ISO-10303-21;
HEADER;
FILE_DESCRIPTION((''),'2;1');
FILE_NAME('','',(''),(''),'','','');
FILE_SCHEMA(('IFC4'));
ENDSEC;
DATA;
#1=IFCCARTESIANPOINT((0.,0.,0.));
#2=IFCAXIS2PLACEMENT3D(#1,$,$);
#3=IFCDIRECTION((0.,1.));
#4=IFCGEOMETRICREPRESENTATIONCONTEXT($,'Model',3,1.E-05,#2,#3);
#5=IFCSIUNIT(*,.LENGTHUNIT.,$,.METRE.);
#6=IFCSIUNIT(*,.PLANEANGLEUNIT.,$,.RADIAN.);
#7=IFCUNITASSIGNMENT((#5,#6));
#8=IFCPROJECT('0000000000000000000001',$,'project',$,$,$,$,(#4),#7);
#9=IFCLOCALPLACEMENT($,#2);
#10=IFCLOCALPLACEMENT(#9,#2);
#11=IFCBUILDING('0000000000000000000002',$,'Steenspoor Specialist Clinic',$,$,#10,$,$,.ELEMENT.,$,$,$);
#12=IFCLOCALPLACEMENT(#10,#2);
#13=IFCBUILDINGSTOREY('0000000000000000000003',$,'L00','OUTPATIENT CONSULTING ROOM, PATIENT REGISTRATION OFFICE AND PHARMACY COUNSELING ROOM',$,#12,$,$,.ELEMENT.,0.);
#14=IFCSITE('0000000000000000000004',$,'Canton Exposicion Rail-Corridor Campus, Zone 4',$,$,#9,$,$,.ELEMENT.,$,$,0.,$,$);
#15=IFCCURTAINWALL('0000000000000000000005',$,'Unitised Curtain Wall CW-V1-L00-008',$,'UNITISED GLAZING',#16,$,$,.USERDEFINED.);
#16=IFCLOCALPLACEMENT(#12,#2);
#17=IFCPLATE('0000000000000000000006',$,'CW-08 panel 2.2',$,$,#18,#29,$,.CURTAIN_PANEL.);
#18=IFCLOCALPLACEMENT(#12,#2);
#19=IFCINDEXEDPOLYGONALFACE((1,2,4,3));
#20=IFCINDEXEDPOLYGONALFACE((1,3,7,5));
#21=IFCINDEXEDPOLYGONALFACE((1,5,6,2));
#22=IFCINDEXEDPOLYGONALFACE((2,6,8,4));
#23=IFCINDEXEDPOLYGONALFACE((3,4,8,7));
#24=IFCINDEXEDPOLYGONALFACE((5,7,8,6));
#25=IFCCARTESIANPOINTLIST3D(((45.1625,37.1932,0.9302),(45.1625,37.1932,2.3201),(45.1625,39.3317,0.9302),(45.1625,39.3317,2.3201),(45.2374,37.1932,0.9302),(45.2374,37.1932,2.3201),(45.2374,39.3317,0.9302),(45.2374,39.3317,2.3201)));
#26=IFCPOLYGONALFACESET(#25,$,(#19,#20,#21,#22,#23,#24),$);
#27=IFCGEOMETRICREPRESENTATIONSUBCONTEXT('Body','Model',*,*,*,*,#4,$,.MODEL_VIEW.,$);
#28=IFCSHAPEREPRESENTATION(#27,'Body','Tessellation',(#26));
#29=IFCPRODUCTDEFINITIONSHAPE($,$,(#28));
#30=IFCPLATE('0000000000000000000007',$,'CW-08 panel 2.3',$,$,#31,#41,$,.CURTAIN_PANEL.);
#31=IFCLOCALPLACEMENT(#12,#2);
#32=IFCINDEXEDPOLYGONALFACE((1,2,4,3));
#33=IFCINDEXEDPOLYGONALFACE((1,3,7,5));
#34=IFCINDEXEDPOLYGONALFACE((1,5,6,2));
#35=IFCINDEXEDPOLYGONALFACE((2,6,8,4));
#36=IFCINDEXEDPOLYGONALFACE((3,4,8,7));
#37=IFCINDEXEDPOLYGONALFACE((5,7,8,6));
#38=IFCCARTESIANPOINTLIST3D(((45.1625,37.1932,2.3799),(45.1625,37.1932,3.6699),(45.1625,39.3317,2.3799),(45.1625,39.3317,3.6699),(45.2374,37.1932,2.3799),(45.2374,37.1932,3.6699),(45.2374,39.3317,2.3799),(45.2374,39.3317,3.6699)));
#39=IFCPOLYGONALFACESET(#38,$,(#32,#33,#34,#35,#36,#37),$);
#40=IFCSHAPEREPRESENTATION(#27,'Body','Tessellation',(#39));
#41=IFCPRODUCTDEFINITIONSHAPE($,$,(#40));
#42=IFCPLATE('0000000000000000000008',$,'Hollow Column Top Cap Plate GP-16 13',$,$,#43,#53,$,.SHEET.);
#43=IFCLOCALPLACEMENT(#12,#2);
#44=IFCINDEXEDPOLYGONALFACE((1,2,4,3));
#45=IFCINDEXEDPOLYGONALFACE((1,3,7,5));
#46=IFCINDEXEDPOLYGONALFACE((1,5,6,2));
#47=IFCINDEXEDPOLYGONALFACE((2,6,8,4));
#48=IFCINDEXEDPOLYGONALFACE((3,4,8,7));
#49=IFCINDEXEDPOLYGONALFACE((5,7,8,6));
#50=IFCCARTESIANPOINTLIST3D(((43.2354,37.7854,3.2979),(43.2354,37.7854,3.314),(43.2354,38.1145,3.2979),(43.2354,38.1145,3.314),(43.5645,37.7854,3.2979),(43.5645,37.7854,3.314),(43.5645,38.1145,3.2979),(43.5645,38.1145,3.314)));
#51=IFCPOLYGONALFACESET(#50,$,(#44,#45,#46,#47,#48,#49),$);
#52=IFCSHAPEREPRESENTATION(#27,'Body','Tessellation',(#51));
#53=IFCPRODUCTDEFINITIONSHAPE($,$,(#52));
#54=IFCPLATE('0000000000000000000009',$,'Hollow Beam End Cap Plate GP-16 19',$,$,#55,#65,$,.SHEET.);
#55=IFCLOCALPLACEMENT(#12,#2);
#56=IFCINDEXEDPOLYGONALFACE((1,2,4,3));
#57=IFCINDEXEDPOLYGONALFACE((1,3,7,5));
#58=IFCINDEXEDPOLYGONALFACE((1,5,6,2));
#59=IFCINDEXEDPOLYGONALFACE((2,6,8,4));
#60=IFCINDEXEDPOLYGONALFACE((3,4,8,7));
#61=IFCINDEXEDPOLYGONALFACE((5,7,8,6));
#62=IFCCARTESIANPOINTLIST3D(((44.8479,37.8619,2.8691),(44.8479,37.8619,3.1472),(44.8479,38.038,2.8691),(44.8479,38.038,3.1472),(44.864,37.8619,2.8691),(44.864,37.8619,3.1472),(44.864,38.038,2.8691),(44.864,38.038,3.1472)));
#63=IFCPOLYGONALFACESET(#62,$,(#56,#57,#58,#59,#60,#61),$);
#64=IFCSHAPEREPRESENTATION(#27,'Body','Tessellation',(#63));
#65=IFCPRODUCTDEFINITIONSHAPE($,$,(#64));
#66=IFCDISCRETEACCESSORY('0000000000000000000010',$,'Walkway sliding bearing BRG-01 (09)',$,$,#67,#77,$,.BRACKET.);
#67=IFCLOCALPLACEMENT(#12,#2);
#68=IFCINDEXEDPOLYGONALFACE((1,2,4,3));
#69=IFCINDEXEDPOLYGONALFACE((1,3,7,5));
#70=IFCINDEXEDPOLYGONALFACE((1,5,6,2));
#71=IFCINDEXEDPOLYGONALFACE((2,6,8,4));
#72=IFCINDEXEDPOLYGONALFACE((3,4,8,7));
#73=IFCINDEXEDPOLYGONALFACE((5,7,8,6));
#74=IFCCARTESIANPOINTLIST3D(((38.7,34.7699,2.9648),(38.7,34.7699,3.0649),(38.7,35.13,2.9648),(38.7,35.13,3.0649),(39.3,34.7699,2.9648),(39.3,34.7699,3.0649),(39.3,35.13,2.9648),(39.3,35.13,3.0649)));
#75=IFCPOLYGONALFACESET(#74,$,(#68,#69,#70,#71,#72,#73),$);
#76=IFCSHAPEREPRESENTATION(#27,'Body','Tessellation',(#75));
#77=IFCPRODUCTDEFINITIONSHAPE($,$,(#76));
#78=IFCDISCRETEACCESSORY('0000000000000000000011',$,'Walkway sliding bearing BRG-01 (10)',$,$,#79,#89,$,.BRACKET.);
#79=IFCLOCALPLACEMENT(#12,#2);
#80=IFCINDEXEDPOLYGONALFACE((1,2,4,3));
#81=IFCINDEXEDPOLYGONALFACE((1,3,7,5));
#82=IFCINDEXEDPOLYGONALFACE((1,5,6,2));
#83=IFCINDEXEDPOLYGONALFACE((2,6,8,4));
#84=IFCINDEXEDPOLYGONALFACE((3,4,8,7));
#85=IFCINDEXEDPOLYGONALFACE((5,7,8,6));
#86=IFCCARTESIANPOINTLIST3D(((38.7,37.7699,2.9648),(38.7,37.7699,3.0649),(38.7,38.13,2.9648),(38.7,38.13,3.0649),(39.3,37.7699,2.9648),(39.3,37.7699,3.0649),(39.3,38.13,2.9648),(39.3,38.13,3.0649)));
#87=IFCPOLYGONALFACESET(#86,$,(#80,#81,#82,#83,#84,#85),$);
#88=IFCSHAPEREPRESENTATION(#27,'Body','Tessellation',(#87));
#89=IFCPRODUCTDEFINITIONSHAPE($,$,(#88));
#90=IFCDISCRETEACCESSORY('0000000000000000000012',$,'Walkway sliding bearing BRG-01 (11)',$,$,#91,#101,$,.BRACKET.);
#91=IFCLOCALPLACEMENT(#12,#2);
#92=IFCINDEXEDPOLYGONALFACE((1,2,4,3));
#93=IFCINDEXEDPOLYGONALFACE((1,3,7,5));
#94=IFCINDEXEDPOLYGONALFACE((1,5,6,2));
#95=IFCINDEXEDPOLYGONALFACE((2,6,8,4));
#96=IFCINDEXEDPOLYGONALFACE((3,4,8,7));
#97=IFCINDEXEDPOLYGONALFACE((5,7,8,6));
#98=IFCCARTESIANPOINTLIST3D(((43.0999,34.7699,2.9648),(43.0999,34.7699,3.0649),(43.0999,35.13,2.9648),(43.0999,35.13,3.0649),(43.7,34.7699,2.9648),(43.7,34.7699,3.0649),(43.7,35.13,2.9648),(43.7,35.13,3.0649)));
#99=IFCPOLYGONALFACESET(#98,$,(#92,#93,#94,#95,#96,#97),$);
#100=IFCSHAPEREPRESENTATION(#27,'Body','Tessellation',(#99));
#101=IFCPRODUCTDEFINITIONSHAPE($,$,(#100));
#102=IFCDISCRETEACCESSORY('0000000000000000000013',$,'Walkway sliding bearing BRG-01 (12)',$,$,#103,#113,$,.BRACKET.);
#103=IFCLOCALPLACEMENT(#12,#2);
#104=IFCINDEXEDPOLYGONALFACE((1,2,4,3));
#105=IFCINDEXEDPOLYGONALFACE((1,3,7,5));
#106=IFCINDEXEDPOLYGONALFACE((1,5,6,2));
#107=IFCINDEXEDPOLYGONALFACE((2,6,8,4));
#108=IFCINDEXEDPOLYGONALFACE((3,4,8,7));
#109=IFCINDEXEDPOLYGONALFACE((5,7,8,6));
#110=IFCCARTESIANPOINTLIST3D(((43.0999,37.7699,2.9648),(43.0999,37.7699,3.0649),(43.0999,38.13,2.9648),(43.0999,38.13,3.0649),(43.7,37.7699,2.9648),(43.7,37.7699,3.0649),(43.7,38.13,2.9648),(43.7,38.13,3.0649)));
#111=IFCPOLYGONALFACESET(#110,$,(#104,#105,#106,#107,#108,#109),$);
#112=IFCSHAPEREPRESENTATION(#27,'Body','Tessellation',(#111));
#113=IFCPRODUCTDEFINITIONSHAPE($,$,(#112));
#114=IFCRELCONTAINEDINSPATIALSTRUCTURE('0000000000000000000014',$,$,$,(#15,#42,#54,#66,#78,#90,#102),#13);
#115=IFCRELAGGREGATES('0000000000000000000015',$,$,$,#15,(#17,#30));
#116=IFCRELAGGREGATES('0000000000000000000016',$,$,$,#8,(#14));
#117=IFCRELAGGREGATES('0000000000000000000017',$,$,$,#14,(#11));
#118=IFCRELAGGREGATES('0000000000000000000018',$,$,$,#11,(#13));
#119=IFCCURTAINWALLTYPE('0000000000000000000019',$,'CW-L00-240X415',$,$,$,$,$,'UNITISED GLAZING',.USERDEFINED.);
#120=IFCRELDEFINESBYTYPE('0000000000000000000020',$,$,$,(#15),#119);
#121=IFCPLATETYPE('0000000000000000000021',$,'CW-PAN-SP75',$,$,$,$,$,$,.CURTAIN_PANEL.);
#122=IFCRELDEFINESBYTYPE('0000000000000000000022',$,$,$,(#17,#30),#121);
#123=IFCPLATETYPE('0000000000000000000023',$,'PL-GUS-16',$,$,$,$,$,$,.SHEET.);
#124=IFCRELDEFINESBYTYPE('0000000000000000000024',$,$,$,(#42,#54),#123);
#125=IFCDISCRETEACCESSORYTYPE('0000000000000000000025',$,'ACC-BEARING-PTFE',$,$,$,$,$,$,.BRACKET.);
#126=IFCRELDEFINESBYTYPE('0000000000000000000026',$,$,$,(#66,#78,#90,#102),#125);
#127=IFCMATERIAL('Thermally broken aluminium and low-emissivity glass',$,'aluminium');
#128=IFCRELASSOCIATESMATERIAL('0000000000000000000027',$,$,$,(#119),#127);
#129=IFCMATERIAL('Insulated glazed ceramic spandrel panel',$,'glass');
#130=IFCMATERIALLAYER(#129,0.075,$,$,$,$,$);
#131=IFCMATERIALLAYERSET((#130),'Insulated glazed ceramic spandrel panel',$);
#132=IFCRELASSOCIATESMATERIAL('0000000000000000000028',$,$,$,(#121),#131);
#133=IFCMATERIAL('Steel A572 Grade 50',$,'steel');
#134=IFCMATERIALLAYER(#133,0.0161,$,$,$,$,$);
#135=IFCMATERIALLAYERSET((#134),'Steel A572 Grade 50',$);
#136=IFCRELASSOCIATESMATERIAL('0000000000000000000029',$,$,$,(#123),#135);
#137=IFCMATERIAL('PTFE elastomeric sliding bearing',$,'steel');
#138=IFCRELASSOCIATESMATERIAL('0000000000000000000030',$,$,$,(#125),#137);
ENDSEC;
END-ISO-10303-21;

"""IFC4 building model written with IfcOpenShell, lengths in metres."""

from ifc_helpers import new_model, si_unit, direction, frame, origin, origin_2d, place, context, subcontext, project, spatial, rectangle, extrude, material, layer, layer_set, type_object, element, aggregate, save


model = new_model("IFC4")

# Units and contexts
model_context = context("Model", 3, precision=1e-05, world=origin(), true_north=direction((0.0, 1.0)))
body_context = subcontext(model_context, "Body", "Model", "MODEL_VIEW")
ifc_project = project(units=[si_unit("LENGTHUNIT", "METRE"), si_unit("PLANEANGLEUNIT", "RADIAN")], contexts=[model_context])

# Site, building, storey
site_placement = place(None, origin())
site = spatial("IfcSite", under=ifc_project, at=site_placement, Name="Canton Exposicion Rail-Corridor Campus, Zone 4", CompositionType="ELEMENT", RefElevation=0.0)
building_placement = place(site_placement, origin())
building = spatial("IfcBuilding", under=site, at=building_placement, Name="Steenspoor Specialist Clinic", CompositionType="ELEMENT")
storey_placement = place(building_placement, origin())
storey = spatial("IfcBuildingStorey", under=building, at=storey_placement, Name="L00", Description="OUTPATIENT CONSULTING ROOM, PATIENT REGISTRATION OFFICE AND PHARMACY COUNSELING ROOM", CompositionType="ELEMENT", Elevation=0.0)

# Curtain wall
ifc_material_1 = material(Name="Thermally broken aluminium and low-emissivity glass", Category="aluminium")
curtain_wall_type = type_object("IfcCurtainWallType", Name="CW-L00-240X415", ElementType="UNITISED GLAZING", PredefinedType="USERDEFINED", material=ifc_material_1)
curtain_wall_placement = place(storey_placement, origin())
curtain_wall = element("IfcCurtainWall", 1, at=curtain_wall_placement, inside=storey, type_object=curtain_wall_type, Name="Unitised Curtain Wall CW-V1-L00-008", ObjectType="UNITISED GLAZING", PredefinedType="USERDEFINED")

# Plates
ifc_material_2 = material(Name="Insulated glazed ceramic spandrel panel", Category="glass")
ifc_layer_1 = layer(ifc_material_2, 0.075)
ifc_layer_set_1 = layer_set([ifc_layer_1], Name="Insulated glazed ceramic spandrel panel")
plate_type_1 = type_object("IfcPlateType", Name="CW-PAN-SP75", PredefinedType="CURTAIN_PANEL", material=ifc_layer_set_1)
plate_1_placement = place(storey_placement, frame((45.2, 38.2625, 0.9302), z_axis=(0.0, 0.0, 1.0), x_axis=(0.0, 1.0, 0.0)))
plate_1 = element("IfcPlate", 2, at=plate_1_placement, type_object=plate_type_1, Name="CW-08 panel 2.2", PredefinedType="CURTAIN_PANEL", context=body_context, shape_type="SweptSolid", body=[
    extrude(rectangle(XDim=2.1384, YDim=0.075, at=origin_2d()), origin(), (0.0, 0.0, 1.0), 1.3899),
])
plate_2_placement = place(storey_placement, frame((45.2, 38.2625, 2.3799), z_axis=(0.0, 0.0, 1.0), x_axis=(0.0, 1.0, 0.0)))
plate_2 = element("IfcPlate", 3, at=plate_2_placement, type_object=plate_type_1, Name="CW-08 panel 2.3", PredefinedType="CURTAIN_PANEL", context=body_context, shape_type="SweptSolid", body=[
    extrude(rectangle(XDim=2.1384, YDim=0.075, at=origin_2d()), origin(), (0.0, 0.0, 1.0), 1.29),
])
aggregate(curtain_wall, [plate_1, plate_2])

# Plates
ifc_material_3 = material(Name="Steel A572 Grade 50", Category="steel")
ifc_layer_2 = layer(ifc_material_3, 0.0161)
ifc_layer_set_2 = layer_set([ifc_layer_2], Name="Steel A572 Grade 50")
plate_type_2 = type_object("IfcPlateType", Name="PL-GUS-16", PredefinedType="SHEET", material=ifc_layer_set_2)
plate_3_placement = place(storey_placement, frame((43.3999, 37.95, 3.2979), z_axis=(0.0, 0.0, 1.0), x_axis=(1.0, 0.0, 0.0)))
element("IfcPlate", 4, at=plate_3_placement, inside=storey, type_object=plate_type_2, Name="Hollow Column Top Cap Plate GP-16 13", PredefinedType="SHEET", context=body_context, shape_type="SweptSolid", body=[
    extrude(rectangle(XDim=0.3291, YDim=0.3291, at=origin_2d()), origin(), (0.0, 0.0, 1.0), 0.0161),
])
plate_4_placement = place(storey_placement, frame((44.856, 37.95, 2.8691), z_axis=(0.0, 0.0, 1.0), x_axis=(1.0, 0.0, 0.0)))
element("IfcPlate", 5, at=plate_4_placement, inside=storey, type_object=plate_type_2, Name="Hollow Beam End Cap Plate GP-16 19", PredefinedType="SHEET", context=body_context, shape_type="SweptSolid", body=[
    extrude(rectangle(XDim=0.0161, YDim=0.176, at=origin_2d()), origin(), (0.0, 0.0, 1.0), 0.2781),
])

# Discrete accessories
ifc_material_4 = material(Name="PTFE elastomeric sliding bearing", Category="steel")
discrete_accessory_type = type_object("IfcDiscreteAccessoryType", Name="ACC-BEARING-PTFE", PredefinedType="BRACKET", material=ifc_material_4)
for number, where, z_axis, x_axis, name in (
    (6, (39.0, 34.95, 2.9648), (0.0, 0.0, 1.0), (1.0, 0.0, 0.0), "Walkway sliding bearing BRG-01 (09)"),
    (7, (39.0, 37.95, 2.9648), (0.0, 0.0, 1.0), (1.0, 0.0, 0.0), "Walkway sliding bearing BRG-01 (10)"),
    (8, (43.3999, 34.95, 2.9648), (0.0, 0.0, 1.0), (1.0, 0.0, 0.0), "Walkway sliding bearing BRG-01 (11)"),
    (9, (43.3999, 37.95, 2.9648), (0.0, 0.0, 1.0), (1.0, 0.0, 0.0), "Walkway sliding bearing BRG-01 (12)"),
):
    element("IfcDiscreteAccessory", number, at=place(storey_placement, frame(where, z_axis=z_axis, x_axis=x_axis)), inside=storey, type_object=discrete_accessory_type, Name=name, PredefinedType="BRACKET", context=body_context, shape_type="SweptSolid", body=[
        extrude(rectangle(XDim=0.6001, YDim=0.3601, at=origin_2d()), origin(), (0.0, 0.0, 1.0), 0.1001),
    ])

save(model, "model.ifc")
